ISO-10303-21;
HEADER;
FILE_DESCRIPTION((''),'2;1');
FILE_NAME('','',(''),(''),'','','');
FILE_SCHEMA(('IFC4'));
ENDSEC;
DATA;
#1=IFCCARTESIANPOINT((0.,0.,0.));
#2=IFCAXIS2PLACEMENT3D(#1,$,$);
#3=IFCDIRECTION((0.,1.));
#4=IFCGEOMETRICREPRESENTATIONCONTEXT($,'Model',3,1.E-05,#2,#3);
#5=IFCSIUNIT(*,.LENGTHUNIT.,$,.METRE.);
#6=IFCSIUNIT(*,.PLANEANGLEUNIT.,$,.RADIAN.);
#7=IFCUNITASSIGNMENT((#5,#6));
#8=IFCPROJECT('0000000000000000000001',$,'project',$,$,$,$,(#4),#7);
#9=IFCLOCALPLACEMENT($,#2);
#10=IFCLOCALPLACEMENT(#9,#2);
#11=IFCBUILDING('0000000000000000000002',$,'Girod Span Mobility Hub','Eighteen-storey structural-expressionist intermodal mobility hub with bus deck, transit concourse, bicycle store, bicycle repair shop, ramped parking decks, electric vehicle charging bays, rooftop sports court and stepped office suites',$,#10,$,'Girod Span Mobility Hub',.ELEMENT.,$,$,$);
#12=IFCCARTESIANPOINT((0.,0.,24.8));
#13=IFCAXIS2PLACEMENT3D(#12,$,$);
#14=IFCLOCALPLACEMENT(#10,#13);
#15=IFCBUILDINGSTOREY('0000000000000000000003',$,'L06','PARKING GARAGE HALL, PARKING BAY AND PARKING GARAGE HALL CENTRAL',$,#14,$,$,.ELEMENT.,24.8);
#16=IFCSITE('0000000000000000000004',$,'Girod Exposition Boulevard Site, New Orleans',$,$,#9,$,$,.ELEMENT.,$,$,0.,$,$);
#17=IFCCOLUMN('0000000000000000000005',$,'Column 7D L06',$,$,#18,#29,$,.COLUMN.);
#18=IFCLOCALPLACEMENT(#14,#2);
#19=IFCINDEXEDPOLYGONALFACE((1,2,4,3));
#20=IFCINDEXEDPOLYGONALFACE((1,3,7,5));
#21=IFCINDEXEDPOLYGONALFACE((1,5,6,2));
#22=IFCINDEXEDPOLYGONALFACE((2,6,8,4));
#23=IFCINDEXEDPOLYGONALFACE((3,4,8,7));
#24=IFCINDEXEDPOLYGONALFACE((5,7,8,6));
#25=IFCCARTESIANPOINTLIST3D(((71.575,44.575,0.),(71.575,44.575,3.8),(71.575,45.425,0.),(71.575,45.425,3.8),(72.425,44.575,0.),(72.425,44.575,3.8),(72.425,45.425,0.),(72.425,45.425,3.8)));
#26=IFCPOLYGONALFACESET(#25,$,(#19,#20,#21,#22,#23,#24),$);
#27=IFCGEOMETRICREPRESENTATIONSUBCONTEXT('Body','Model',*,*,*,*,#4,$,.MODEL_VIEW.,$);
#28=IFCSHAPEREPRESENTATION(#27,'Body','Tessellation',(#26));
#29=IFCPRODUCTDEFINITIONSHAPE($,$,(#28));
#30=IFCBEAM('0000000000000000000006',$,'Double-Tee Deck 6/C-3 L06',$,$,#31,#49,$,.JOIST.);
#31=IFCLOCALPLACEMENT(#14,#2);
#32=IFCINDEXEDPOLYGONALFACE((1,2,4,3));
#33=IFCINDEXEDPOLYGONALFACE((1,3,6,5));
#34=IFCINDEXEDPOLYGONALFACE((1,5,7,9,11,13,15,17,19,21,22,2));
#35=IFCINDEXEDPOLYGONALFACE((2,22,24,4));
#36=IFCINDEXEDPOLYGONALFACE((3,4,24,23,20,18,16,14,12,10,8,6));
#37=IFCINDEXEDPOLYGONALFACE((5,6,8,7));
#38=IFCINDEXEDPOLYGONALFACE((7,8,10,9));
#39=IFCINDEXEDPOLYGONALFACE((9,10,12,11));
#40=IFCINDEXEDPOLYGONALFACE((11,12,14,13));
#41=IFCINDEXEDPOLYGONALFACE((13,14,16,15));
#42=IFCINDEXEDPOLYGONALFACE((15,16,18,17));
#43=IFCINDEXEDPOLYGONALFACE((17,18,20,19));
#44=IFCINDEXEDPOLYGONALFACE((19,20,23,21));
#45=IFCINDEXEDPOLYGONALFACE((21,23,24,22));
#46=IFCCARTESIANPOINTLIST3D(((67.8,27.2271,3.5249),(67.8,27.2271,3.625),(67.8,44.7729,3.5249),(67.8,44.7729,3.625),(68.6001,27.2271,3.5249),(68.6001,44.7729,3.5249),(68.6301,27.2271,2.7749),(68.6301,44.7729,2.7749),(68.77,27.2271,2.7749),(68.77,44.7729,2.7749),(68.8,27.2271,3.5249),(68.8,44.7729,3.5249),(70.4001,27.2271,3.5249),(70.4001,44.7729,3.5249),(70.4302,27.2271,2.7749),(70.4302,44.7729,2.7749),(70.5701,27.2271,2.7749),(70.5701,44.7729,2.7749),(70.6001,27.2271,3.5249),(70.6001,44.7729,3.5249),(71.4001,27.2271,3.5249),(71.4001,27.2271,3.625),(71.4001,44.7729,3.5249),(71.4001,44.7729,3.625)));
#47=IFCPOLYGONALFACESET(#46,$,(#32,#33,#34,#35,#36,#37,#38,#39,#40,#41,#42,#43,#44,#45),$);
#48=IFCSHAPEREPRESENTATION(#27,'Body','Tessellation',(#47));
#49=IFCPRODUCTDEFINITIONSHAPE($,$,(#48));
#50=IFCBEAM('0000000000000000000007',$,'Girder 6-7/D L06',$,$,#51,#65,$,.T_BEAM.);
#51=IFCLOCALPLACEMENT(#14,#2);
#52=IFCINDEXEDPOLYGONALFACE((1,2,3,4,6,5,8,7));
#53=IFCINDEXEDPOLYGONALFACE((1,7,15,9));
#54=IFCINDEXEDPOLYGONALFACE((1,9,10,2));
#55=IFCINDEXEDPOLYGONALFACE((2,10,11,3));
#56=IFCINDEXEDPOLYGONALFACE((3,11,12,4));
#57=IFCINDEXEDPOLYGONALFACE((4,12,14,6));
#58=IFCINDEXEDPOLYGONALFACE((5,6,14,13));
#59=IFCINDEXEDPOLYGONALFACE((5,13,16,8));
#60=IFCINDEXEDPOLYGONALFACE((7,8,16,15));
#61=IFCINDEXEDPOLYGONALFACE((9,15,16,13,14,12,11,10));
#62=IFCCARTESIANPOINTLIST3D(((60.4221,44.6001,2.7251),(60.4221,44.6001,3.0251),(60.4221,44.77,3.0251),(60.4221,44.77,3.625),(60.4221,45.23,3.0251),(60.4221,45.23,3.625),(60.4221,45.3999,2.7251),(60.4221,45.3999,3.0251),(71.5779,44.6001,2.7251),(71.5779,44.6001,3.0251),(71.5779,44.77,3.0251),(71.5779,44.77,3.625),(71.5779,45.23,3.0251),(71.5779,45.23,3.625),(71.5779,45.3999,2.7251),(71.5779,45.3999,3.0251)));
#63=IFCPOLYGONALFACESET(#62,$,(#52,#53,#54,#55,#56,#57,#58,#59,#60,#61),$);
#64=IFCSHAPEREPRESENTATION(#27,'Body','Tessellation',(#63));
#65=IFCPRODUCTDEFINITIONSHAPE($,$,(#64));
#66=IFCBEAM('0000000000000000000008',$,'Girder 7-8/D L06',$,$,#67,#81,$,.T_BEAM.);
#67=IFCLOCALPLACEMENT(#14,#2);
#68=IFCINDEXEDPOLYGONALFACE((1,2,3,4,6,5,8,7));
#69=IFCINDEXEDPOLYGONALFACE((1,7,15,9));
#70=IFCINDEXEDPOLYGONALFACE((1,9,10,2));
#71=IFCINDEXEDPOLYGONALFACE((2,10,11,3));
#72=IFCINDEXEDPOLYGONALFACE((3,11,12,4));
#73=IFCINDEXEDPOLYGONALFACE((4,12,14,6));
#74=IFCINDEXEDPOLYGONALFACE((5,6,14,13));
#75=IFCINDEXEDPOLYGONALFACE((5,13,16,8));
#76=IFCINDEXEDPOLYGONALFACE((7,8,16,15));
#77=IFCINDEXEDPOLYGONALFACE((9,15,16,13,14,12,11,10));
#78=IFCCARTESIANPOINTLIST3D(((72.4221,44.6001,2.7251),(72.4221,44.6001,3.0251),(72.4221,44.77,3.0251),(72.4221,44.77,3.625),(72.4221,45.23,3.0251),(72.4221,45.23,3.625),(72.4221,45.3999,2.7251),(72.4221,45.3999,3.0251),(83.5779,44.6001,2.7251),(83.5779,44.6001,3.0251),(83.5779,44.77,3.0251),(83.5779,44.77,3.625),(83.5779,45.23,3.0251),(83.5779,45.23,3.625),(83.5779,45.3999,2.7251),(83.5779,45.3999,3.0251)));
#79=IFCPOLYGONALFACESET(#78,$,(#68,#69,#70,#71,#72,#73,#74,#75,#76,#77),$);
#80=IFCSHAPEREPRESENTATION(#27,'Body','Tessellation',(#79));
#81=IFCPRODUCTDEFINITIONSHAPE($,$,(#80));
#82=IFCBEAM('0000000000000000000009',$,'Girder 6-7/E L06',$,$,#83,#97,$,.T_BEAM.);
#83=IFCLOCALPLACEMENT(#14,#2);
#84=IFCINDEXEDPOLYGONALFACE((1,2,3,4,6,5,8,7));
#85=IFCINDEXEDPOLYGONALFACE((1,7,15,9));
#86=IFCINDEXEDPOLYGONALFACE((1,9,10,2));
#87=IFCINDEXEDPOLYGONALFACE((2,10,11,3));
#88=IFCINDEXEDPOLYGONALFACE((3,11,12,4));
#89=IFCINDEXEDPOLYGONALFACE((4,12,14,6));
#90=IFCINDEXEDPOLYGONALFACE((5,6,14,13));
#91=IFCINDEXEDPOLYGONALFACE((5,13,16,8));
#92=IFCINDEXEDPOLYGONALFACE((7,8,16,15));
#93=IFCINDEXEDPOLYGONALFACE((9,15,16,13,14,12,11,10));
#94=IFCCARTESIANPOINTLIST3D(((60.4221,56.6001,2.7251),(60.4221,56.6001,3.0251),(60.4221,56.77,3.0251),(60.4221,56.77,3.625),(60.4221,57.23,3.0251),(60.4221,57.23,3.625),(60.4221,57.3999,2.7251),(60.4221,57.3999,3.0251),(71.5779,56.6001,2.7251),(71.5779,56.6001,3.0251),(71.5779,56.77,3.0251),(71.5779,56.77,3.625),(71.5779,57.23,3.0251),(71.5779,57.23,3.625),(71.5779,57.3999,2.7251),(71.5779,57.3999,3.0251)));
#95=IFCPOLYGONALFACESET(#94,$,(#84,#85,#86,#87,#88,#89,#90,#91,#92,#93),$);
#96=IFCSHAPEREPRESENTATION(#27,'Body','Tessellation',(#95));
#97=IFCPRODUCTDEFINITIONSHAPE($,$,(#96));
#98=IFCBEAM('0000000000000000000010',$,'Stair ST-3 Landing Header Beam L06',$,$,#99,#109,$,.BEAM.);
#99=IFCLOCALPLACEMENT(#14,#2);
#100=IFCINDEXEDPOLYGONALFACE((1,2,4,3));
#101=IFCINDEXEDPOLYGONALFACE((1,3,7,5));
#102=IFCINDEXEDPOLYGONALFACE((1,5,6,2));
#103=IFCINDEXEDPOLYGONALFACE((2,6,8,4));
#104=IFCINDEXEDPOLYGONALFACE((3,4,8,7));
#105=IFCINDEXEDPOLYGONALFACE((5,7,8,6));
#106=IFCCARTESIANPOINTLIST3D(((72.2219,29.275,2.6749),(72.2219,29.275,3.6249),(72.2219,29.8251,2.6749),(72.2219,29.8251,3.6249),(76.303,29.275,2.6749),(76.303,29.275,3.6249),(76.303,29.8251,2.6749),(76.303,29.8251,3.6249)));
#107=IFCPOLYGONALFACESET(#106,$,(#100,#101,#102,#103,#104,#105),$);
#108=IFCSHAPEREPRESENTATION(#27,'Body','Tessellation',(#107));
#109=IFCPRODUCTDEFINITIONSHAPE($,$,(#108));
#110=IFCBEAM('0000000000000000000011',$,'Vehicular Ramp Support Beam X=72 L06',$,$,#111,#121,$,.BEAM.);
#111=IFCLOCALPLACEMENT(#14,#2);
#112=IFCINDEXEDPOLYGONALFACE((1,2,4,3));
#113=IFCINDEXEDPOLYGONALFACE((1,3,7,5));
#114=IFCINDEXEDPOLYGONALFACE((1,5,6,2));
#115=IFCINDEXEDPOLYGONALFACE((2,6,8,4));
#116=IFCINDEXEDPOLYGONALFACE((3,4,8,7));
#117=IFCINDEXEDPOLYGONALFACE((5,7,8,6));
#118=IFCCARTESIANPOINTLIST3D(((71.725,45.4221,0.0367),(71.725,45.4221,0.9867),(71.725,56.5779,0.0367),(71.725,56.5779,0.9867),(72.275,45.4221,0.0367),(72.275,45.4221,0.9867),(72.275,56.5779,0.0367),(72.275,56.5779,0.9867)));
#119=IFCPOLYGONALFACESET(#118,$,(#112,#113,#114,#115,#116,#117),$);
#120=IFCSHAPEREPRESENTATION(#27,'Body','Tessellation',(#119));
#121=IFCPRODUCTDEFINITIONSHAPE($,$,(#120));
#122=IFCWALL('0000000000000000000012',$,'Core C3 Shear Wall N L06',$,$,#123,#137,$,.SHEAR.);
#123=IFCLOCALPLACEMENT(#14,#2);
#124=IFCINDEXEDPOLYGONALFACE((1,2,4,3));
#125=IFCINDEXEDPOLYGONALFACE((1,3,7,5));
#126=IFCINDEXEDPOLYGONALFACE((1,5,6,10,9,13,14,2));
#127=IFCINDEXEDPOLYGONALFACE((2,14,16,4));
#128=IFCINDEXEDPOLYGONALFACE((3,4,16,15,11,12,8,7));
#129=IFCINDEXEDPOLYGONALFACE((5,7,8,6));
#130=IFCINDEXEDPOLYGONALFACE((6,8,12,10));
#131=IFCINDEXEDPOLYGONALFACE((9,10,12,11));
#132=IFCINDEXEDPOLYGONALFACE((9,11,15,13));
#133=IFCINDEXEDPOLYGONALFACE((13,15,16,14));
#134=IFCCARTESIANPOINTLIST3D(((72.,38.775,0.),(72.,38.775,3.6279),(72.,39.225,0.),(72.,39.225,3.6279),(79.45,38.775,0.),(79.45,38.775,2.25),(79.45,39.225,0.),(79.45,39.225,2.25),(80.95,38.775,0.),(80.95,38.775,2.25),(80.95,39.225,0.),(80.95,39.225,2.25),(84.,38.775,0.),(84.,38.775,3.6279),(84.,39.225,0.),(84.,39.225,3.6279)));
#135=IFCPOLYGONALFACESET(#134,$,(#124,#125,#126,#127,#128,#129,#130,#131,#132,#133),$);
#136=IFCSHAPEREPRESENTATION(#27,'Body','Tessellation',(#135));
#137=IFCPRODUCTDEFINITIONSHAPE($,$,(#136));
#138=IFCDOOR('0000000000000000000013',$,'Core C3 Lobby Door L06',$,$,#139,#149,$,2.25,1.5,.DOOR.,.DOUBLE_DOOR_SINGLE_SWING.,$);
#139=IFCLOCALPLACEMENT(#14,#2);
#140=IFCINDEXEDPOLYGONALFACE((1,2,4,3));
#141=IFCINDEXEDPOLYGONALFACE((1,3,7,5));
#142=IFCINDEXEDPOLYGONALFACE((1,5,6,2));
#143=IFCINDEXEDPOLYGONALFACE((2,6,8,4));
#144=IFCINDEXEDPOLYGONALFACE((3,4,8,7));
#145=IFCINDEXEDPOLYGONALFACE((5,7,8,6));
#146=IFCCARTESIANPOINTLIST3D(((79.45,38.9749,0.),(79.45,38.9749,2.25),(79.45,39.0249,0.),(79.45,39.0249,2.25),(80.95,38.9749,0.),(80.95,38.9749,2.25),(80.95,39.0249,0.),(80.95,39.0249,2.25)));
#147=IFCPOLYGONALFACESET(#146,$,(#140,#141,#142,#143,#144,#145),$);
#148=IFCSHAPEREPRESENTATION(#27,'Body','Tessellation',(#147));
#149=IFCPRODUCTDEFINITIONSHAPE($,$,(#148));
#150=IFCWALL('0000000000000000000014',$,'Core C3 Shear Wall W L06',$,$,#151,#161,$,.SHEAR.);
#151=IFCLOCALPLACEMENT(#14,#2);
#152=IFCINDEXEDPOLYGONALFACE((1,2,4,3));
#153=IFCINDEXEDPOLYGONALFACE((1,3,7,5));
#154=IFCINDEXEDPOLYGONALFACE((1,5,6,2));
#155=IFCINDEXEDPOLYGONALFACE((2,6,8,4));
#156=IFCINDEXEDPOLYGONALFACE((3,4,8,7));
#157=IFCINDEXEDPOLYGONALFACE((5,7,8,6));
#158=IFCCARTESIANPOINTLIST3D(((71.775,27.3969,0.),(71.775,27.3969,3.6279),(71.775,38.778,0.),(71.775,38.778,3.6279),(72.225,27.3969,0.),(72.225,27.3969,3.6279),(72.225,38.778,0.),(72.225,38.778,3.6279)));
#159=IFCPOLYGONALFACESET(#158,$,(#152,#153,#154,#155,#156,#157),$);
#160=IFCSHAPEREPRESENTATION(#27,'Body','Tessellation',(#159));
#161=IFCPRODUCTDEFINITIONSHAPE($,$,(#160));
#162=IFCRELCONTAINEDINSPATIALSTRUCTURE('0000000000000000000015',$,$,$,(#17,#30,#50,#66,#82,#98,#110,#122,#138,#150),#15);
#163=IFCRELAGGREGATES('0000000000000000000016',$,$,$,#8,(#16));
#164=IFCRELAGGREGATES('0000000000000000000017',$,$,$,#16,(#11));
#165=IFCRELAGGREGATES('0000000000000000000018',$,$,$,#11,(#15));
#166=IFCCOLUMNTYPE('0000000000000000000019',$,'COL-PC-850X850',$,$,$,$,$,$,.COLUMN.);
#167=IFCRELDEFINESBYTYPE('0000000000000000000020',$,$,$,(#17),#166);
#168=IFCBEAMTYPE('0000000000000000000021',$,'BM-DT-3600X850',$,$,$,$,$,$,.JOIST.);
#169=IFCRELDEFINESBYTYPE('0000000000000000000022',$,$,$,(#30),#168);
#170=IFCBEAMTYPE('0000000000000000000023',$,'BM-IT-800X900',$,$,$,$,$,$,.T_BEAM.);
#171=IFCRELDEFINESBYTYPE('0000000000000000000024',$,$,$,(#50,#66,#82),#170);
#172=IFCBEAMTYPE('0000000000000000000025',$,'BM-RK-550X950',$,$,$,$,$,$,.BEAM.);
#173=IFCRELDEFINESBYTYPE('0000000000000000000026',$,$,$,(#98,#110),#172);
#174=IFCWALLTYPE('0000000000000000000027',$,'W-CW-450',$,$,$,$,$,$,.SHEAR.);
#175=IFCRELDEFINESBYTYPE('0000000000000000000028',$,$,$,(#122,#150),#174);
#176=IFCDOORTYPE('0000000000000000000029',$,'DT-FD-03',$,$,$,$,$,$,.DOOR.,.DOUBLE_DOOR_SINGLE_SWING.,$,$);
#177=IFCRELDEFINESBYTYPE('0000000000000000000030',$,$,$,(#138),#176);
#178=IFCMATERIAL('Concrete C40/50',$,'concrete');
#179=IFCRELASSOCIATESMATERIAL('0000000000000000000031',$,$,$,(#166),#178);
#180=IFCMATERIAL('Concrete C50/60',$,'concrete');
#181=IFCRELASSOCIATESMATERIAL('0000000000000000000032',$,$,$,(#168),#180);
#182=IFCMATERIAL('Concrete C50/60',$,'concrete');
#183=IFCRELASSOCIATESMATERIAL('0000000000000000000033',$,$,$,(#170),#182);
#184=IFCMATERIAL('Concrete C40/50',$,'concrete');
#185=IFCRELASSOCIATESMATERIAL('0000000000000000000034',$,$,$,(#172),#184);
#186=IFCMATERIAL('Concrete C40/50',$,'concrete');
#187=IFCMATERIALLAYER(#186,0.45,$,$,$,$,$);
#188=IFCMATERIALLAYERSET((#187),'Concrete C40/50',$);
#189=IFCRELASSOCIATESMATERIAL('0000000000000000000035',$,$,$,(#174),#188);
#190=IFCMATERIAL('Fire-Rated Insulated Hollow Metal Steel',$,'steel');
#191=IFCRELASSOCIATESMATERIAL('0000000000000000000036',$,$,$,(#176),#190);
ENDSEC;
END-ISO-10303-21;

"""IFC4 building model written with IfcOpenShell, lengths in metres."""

from ifc_helpers import new_model, si_unit, direction, frame, frame_2d, origin, origin_2d, place, context, subcontext, project, spatial, polyline, rectangle, outline, extrude, material, layer, layer_set, material_profile, profile_set, type_object, element, fill, save


model = new_model("IFC4")

# Units and contexts
model_context = context("Model", 3, precision=1e-05, world=origin(), true_north=direction((0.0, 1.0)))
body_context = subcontext(model_context, "Body", "Model", "MODEL_VIEW")
ifc_project = project(units=[si_unit("LENGTHUNIT", "METRE"), si_unit("PLANEANGLEUNIT", "RADIAN")], contexts=[model_context])

# Site, building, storey
site_placement = place(None, origin())
site = spatial("IfcSite", under=ifc_project, at=site_placement, Name="Girod Exposition Boulevard Site, New Orleans", CompositionType="ELEMENT", RefElevation=0.0)
building_placement = place(site_placement, origin())
building = spatial("IfcBuilding", under=site, at=building_placement, Name="Girod Span Mobility Hub", Description="Eighteen-storey structural-expressionist intermodal mobility hub with bus deck, transit concourse, bicycle store, bicycle repair shop, ramped parking decks, electric vehicle charging bays, rooftop sports court and stepped office suites", LongName="Girod Span Mobility Hub", CompositionType="ELEMENT")
storey_placement = place(building_placement, frame((0.0, 0.0, 24.8)))
storey = spatial("IfcBuildingStorey", under=building, at=storey_placement, Name="L06", Description="PARKING GARAGE HALL, PARKING BAY AND PARKING GARAGE HALL CENTRAL", CompositionType="ELEMENT", Elevation=24.8)

# Column
ifc_material_1 = material(Name="Concrete C40/50", Category="concrete")
ifc_material_profile_1 = material_profile(ifc_material_1, rectangle(XDim=0.8501, YDim=0.8501, at=origin_2d()), Name="PC-COL-850X850")
ifc_profile_set_1 = profile_set([ifc_material_profile_1], Name="Concrete C40/50")
column_type = type_object("IfcColumnType", Name="COL-PC-850X850", PredefinedType="COLUMN", material=ifc_profile_set_1)
column_placement = place(storey_placement, frame((72.0, 45.0, 0.0), z_axis=(0.0, 0.0, 1.0), x_axis=(1.0, 0.0, 0.0)))
element("IfcColumn", 1, at=column_placement, inside=storey, type_object=column_type, Name="Column 7D L06", PredefinedType="COLUMN", context=body_context, shape_type="SweptSolid", body=[
    extrude(rectangle(XDim=0.8501, YDim=0.8501, at=origin_2d()), origin(), (0.0, 0.0, 1.0), 3.8),
])

# Beams
ifc_material_2 = material(Name="Concrete C50/60", Category="concrete")
ifc_material_profile_2 = material_profile(ifc_material_2, outline(polyline([(-1.8, 0.425), (-1.8, 0.325), (-1.0, 0.325), (-0.97, -0.425), (-0.8301, -0.425), (-0.8, 0.325), (0.8, 0.325), (0.8301, -0.425), (0.97, -0.425), (1.0, 0.325), (1.8, 0.325), (1.8, 0.425), (-1.8, 0.425)])), Name="DT-3600X850")
ifc_profile_set_2 = profile_set([ifc_material_profile_2], Name="Concrete C50/60")
beam_type_1 = type_object("IfcBeamType", Name="BM-DT-3600X850", PredefinedType="JOIST", material=ifc_profile_set_2)
beam_1_placement = place(storey_placement, frame((69.6001, 27.2271, 3.2), z_axis=(0.0, 1.0, 0.0), x_axis=(-1.0, 0.0, 0.0)))
element("IfcBeam", 2, at=beam_1_placement, inside=storey, type_object=beam_type_1, Name="Double-Tee Deck 6/C-3 L06", PredefinedType="JOIST", context=body_context, shape_type="SweptSolid", body=[
    extrude(outline(polyline([(-1.8, 0.425), (-1.8, 0.325), (-1.0, 0.325), (-0.97, -0.425), (-0.8301, -0.425), (-0.8, 0.325), (0.8, 0.325), (0.8301, -0.425), (0.97, -0.425), (1.0, 0.325), (1.8, 0.325), (1.8, 0.425), (-1.8, 0.425)])), origin(), (0.0, 0.0, 1.0), 17.5459),
])
ifc_material_3 = material(Name="Concrete C50/60", Category="concrete")
ifc_material_profile_3 = material_profile(ifc_material_3, outline(polyline([(-0.3999, -0.45), (0.3999, -0.45), (0.3999, -0.1499), (0.23, -0.1499), (0.23, 0.45), (-0.23, 0.45), (-0.23, -0.1499), (-0.3999, -0.1499), (-0.3999, -0.45)])), Name="IT-800X900")
ifc_profile_set_3 = profile_set([ifc_material_profile_3], Name="Concrete C50/60")
beam_type_2 = type_object("IfcBeamType", Name="BM-IT-800X900", PredefinedType="T_BEAM", material=ifc_profile_set_3)
for number, where, z_axis, x_axis, name in (
    (3, (60.4221, 45.0, 3.175), (1.0, 0.0, 0.0), (0.0, 1.0, 0.0), "Girder 6-7/D L06"),
    (4, (72.4221, 45.0, 3.175), (1.0, 0.0, 0.0), (0.0, 1.0, 0.0), "Girder 7-8/D L06"),
    (5, (60.4221, 57.0, 3.175), (1.0, 0.0, 0.0), (0.0, 1.0, 0.0), "Girder 6-7/E L06"),
):
    element("IfcBeam", number, at=place(storey_placement, frame(where, z_axis=z_axis, x_axis=x_axis)), inside=storey, type_object=beam_type_2, Name=name, PredefinedType="T_BEAM", context=body_context, shape_type="SweptSolid", body=[
        extrude(outline(polyline([(-0.3999, -0.45), (0.3999, -0.45), (0.3999, -0.1499), (0.23, -0.1499), (0.23, 0.45), (-0.23, 0.45), (-0.23, -0.1499), (-0.3999, -0.1499), (-0.3999, -0.45)])), origin(), (0.0, 0.0, 1.0), 11.1558),
    ])
ifc_material_4 = material(Name="Concrete C40/50", Category="concrete")
ifc_material_profile_4 = material_profile(ifc_material_4, rectangle(XDim=0.55, YDim=0.95, at=origin_2d()), Name="RK-550X950")
ifc_profile_set_4 = profile_set([ifc_material_profile_4], Name="Concrete C40/50")
beam_type_3 = type_object("IfcBeamType", Name="BM-RK-550X950", PredefinedType="BEAM", material=ifc_profile_set_4)
beam_2_placement = place(storey_placement, frame((72.2219, 29.55, 3.1499), z_axis=(1.0, 0.0, 0.0), x_axis=(0.0, 1.0, 0.0)))
element("IfcBeam", 6, at=beam_2_placement, inside=storey, type_object=beam_type_3, Name="Stair ST-3 Landing Header Beam L06", PredefinedType="BEAM", context=body_context, shape_type="SweptSolid", body=[
    extrude(rectangle(XDim=0.55, YDim=0.95, at=origin_2d()), origin(), (0.0, 0.0, 1.0), 4.0811),
])
beam_3_placement = place(storey_placement, frame((72.0, 45.4221, 0.5117), z_axis=(0.0, 1.0, 0.0), x_axis=(-1.0, 0.0, 0.0)))
element("IfcBeam", 7, at=beam_3_placement, inside=storey, type_object=beam_type_3, Name="Vehicular Ramp Support Beam X=72 L06", PredefinedType="BEAM", context=body_context, shape_type="SweptSolid", body=[
    extrude(rectangle(XDim=0.55, YDim=0.95, at=origin_2d()), origin(), (0.0, 0.0, 1.0), 11.1558),
])

# Wall, opening, door
ifc_material_5 = material(Name="Concrete C40/50", Category="concrete")
ifc_layer_1 = layer(ifc_material_5, 0.45)
ifc_layer_set_1 = layer_set([ifc_layer_1], Name="Concrete C40/50")
wall_type = type_object("IfcWallType", Name="W-CW-450", PredefinedType="SHEAR", material=ifc_layer_set_1)
wall_1_placement = place(storey_placement, frame((72.0, 39.0, 0.0), z_axis=(0.0, 0.0, 1.0), x_axis=(1.0, 0.0, 0.0)))
wall_1 = element("IfcWall", 8, at=wall_1_placement, inside=storey, type_object=wall_type, Name="Core C3 Shear Wall N L06", PredefinedType="SHEAR", context=body_context, shape_type="SweptSolid", body=[
    extrude(rectangle(XDim=12.0, YDim=0.45, at=frame_2d((6.0, 0.0))), origin(), (0.0, 0.0, 1.0), 3.6279),
])
opening_placement = place(wall_1_placement, frame((7.45, 0.0, 0.0)))
opening = element("IfcOpeningElement", 9, at=opening_placement, cuts=wall_1, PredefinedType="OPENING", context=body_context, shape_type="SweptSolid", body=[
    extrude(rectangle(XDim=1.5, YDim=2.25, at=frame_2d((0.75, 1.125))), frame((0.0, 0.24, 0.0), z_axis=(0.0, -1.0, 0.0), x_axis=(1.0, 0.0, 0.0)), (0.0, 0.0, 1.0), 0.48),
])
ifc_material_6 = material(Name="Fire-Rated Insulated Hollow Metal Steel", Category="steel")
door_type = type_object("IfcDoorType", Name="DT-FD-03", OperationType="DOUBLE_DOOR_SINGLE_SWING", PredefinedType="DOOR", material=ifc_material_6)
door_placement = place(opening_placement, origin())
door = element("IfcDoor", 10, at=door_placement, inside=storey, type_object=door_type, Name="Core C3 Lobby Door L06", OperationType="DOUBLE_DOOR_SINGLE_SWING", OverallHeight=2.25, OverallWidth=1.5, PredefinedType="DOOR", context=body_context, shape_type="SweptSolid", body=[
    extrude(rectangle(XDim=1.5, YDim=2.25, at=frame_2d((0.75, 1.125))), frame((0.0, 0.0249, 0.0), z_axis=(0.0, -1.0, 0.0), x_axis=(1.0, 0.0, 0.0)), (0.0, 0.0, 1.0), 0.05),
])
fill(opening, door)

# Wall
wall_2_placement = place(storey_placement, frame((72.0, 27.397, 0.0), z_axis=(0.0, 0.0, 1.0), x_axis=(0.0, 1.0, 0.0)))
element("IfcWall", 11, at=wall_2_placement, inside=storey, type_object=wall_type, Name="Core C3 Shear Wall W L06", PredefinedType="SHEAR", context=body_context, shape_type="SweptSolid", body=[
    extrude(rectangle(XDim=11.3811, YDim=0.45, at=frame_2d((5.6904, 0.0))), origin(), (0.0, 0.0, 1.0), 3.6279),
])

save(model, "model.ifc")
